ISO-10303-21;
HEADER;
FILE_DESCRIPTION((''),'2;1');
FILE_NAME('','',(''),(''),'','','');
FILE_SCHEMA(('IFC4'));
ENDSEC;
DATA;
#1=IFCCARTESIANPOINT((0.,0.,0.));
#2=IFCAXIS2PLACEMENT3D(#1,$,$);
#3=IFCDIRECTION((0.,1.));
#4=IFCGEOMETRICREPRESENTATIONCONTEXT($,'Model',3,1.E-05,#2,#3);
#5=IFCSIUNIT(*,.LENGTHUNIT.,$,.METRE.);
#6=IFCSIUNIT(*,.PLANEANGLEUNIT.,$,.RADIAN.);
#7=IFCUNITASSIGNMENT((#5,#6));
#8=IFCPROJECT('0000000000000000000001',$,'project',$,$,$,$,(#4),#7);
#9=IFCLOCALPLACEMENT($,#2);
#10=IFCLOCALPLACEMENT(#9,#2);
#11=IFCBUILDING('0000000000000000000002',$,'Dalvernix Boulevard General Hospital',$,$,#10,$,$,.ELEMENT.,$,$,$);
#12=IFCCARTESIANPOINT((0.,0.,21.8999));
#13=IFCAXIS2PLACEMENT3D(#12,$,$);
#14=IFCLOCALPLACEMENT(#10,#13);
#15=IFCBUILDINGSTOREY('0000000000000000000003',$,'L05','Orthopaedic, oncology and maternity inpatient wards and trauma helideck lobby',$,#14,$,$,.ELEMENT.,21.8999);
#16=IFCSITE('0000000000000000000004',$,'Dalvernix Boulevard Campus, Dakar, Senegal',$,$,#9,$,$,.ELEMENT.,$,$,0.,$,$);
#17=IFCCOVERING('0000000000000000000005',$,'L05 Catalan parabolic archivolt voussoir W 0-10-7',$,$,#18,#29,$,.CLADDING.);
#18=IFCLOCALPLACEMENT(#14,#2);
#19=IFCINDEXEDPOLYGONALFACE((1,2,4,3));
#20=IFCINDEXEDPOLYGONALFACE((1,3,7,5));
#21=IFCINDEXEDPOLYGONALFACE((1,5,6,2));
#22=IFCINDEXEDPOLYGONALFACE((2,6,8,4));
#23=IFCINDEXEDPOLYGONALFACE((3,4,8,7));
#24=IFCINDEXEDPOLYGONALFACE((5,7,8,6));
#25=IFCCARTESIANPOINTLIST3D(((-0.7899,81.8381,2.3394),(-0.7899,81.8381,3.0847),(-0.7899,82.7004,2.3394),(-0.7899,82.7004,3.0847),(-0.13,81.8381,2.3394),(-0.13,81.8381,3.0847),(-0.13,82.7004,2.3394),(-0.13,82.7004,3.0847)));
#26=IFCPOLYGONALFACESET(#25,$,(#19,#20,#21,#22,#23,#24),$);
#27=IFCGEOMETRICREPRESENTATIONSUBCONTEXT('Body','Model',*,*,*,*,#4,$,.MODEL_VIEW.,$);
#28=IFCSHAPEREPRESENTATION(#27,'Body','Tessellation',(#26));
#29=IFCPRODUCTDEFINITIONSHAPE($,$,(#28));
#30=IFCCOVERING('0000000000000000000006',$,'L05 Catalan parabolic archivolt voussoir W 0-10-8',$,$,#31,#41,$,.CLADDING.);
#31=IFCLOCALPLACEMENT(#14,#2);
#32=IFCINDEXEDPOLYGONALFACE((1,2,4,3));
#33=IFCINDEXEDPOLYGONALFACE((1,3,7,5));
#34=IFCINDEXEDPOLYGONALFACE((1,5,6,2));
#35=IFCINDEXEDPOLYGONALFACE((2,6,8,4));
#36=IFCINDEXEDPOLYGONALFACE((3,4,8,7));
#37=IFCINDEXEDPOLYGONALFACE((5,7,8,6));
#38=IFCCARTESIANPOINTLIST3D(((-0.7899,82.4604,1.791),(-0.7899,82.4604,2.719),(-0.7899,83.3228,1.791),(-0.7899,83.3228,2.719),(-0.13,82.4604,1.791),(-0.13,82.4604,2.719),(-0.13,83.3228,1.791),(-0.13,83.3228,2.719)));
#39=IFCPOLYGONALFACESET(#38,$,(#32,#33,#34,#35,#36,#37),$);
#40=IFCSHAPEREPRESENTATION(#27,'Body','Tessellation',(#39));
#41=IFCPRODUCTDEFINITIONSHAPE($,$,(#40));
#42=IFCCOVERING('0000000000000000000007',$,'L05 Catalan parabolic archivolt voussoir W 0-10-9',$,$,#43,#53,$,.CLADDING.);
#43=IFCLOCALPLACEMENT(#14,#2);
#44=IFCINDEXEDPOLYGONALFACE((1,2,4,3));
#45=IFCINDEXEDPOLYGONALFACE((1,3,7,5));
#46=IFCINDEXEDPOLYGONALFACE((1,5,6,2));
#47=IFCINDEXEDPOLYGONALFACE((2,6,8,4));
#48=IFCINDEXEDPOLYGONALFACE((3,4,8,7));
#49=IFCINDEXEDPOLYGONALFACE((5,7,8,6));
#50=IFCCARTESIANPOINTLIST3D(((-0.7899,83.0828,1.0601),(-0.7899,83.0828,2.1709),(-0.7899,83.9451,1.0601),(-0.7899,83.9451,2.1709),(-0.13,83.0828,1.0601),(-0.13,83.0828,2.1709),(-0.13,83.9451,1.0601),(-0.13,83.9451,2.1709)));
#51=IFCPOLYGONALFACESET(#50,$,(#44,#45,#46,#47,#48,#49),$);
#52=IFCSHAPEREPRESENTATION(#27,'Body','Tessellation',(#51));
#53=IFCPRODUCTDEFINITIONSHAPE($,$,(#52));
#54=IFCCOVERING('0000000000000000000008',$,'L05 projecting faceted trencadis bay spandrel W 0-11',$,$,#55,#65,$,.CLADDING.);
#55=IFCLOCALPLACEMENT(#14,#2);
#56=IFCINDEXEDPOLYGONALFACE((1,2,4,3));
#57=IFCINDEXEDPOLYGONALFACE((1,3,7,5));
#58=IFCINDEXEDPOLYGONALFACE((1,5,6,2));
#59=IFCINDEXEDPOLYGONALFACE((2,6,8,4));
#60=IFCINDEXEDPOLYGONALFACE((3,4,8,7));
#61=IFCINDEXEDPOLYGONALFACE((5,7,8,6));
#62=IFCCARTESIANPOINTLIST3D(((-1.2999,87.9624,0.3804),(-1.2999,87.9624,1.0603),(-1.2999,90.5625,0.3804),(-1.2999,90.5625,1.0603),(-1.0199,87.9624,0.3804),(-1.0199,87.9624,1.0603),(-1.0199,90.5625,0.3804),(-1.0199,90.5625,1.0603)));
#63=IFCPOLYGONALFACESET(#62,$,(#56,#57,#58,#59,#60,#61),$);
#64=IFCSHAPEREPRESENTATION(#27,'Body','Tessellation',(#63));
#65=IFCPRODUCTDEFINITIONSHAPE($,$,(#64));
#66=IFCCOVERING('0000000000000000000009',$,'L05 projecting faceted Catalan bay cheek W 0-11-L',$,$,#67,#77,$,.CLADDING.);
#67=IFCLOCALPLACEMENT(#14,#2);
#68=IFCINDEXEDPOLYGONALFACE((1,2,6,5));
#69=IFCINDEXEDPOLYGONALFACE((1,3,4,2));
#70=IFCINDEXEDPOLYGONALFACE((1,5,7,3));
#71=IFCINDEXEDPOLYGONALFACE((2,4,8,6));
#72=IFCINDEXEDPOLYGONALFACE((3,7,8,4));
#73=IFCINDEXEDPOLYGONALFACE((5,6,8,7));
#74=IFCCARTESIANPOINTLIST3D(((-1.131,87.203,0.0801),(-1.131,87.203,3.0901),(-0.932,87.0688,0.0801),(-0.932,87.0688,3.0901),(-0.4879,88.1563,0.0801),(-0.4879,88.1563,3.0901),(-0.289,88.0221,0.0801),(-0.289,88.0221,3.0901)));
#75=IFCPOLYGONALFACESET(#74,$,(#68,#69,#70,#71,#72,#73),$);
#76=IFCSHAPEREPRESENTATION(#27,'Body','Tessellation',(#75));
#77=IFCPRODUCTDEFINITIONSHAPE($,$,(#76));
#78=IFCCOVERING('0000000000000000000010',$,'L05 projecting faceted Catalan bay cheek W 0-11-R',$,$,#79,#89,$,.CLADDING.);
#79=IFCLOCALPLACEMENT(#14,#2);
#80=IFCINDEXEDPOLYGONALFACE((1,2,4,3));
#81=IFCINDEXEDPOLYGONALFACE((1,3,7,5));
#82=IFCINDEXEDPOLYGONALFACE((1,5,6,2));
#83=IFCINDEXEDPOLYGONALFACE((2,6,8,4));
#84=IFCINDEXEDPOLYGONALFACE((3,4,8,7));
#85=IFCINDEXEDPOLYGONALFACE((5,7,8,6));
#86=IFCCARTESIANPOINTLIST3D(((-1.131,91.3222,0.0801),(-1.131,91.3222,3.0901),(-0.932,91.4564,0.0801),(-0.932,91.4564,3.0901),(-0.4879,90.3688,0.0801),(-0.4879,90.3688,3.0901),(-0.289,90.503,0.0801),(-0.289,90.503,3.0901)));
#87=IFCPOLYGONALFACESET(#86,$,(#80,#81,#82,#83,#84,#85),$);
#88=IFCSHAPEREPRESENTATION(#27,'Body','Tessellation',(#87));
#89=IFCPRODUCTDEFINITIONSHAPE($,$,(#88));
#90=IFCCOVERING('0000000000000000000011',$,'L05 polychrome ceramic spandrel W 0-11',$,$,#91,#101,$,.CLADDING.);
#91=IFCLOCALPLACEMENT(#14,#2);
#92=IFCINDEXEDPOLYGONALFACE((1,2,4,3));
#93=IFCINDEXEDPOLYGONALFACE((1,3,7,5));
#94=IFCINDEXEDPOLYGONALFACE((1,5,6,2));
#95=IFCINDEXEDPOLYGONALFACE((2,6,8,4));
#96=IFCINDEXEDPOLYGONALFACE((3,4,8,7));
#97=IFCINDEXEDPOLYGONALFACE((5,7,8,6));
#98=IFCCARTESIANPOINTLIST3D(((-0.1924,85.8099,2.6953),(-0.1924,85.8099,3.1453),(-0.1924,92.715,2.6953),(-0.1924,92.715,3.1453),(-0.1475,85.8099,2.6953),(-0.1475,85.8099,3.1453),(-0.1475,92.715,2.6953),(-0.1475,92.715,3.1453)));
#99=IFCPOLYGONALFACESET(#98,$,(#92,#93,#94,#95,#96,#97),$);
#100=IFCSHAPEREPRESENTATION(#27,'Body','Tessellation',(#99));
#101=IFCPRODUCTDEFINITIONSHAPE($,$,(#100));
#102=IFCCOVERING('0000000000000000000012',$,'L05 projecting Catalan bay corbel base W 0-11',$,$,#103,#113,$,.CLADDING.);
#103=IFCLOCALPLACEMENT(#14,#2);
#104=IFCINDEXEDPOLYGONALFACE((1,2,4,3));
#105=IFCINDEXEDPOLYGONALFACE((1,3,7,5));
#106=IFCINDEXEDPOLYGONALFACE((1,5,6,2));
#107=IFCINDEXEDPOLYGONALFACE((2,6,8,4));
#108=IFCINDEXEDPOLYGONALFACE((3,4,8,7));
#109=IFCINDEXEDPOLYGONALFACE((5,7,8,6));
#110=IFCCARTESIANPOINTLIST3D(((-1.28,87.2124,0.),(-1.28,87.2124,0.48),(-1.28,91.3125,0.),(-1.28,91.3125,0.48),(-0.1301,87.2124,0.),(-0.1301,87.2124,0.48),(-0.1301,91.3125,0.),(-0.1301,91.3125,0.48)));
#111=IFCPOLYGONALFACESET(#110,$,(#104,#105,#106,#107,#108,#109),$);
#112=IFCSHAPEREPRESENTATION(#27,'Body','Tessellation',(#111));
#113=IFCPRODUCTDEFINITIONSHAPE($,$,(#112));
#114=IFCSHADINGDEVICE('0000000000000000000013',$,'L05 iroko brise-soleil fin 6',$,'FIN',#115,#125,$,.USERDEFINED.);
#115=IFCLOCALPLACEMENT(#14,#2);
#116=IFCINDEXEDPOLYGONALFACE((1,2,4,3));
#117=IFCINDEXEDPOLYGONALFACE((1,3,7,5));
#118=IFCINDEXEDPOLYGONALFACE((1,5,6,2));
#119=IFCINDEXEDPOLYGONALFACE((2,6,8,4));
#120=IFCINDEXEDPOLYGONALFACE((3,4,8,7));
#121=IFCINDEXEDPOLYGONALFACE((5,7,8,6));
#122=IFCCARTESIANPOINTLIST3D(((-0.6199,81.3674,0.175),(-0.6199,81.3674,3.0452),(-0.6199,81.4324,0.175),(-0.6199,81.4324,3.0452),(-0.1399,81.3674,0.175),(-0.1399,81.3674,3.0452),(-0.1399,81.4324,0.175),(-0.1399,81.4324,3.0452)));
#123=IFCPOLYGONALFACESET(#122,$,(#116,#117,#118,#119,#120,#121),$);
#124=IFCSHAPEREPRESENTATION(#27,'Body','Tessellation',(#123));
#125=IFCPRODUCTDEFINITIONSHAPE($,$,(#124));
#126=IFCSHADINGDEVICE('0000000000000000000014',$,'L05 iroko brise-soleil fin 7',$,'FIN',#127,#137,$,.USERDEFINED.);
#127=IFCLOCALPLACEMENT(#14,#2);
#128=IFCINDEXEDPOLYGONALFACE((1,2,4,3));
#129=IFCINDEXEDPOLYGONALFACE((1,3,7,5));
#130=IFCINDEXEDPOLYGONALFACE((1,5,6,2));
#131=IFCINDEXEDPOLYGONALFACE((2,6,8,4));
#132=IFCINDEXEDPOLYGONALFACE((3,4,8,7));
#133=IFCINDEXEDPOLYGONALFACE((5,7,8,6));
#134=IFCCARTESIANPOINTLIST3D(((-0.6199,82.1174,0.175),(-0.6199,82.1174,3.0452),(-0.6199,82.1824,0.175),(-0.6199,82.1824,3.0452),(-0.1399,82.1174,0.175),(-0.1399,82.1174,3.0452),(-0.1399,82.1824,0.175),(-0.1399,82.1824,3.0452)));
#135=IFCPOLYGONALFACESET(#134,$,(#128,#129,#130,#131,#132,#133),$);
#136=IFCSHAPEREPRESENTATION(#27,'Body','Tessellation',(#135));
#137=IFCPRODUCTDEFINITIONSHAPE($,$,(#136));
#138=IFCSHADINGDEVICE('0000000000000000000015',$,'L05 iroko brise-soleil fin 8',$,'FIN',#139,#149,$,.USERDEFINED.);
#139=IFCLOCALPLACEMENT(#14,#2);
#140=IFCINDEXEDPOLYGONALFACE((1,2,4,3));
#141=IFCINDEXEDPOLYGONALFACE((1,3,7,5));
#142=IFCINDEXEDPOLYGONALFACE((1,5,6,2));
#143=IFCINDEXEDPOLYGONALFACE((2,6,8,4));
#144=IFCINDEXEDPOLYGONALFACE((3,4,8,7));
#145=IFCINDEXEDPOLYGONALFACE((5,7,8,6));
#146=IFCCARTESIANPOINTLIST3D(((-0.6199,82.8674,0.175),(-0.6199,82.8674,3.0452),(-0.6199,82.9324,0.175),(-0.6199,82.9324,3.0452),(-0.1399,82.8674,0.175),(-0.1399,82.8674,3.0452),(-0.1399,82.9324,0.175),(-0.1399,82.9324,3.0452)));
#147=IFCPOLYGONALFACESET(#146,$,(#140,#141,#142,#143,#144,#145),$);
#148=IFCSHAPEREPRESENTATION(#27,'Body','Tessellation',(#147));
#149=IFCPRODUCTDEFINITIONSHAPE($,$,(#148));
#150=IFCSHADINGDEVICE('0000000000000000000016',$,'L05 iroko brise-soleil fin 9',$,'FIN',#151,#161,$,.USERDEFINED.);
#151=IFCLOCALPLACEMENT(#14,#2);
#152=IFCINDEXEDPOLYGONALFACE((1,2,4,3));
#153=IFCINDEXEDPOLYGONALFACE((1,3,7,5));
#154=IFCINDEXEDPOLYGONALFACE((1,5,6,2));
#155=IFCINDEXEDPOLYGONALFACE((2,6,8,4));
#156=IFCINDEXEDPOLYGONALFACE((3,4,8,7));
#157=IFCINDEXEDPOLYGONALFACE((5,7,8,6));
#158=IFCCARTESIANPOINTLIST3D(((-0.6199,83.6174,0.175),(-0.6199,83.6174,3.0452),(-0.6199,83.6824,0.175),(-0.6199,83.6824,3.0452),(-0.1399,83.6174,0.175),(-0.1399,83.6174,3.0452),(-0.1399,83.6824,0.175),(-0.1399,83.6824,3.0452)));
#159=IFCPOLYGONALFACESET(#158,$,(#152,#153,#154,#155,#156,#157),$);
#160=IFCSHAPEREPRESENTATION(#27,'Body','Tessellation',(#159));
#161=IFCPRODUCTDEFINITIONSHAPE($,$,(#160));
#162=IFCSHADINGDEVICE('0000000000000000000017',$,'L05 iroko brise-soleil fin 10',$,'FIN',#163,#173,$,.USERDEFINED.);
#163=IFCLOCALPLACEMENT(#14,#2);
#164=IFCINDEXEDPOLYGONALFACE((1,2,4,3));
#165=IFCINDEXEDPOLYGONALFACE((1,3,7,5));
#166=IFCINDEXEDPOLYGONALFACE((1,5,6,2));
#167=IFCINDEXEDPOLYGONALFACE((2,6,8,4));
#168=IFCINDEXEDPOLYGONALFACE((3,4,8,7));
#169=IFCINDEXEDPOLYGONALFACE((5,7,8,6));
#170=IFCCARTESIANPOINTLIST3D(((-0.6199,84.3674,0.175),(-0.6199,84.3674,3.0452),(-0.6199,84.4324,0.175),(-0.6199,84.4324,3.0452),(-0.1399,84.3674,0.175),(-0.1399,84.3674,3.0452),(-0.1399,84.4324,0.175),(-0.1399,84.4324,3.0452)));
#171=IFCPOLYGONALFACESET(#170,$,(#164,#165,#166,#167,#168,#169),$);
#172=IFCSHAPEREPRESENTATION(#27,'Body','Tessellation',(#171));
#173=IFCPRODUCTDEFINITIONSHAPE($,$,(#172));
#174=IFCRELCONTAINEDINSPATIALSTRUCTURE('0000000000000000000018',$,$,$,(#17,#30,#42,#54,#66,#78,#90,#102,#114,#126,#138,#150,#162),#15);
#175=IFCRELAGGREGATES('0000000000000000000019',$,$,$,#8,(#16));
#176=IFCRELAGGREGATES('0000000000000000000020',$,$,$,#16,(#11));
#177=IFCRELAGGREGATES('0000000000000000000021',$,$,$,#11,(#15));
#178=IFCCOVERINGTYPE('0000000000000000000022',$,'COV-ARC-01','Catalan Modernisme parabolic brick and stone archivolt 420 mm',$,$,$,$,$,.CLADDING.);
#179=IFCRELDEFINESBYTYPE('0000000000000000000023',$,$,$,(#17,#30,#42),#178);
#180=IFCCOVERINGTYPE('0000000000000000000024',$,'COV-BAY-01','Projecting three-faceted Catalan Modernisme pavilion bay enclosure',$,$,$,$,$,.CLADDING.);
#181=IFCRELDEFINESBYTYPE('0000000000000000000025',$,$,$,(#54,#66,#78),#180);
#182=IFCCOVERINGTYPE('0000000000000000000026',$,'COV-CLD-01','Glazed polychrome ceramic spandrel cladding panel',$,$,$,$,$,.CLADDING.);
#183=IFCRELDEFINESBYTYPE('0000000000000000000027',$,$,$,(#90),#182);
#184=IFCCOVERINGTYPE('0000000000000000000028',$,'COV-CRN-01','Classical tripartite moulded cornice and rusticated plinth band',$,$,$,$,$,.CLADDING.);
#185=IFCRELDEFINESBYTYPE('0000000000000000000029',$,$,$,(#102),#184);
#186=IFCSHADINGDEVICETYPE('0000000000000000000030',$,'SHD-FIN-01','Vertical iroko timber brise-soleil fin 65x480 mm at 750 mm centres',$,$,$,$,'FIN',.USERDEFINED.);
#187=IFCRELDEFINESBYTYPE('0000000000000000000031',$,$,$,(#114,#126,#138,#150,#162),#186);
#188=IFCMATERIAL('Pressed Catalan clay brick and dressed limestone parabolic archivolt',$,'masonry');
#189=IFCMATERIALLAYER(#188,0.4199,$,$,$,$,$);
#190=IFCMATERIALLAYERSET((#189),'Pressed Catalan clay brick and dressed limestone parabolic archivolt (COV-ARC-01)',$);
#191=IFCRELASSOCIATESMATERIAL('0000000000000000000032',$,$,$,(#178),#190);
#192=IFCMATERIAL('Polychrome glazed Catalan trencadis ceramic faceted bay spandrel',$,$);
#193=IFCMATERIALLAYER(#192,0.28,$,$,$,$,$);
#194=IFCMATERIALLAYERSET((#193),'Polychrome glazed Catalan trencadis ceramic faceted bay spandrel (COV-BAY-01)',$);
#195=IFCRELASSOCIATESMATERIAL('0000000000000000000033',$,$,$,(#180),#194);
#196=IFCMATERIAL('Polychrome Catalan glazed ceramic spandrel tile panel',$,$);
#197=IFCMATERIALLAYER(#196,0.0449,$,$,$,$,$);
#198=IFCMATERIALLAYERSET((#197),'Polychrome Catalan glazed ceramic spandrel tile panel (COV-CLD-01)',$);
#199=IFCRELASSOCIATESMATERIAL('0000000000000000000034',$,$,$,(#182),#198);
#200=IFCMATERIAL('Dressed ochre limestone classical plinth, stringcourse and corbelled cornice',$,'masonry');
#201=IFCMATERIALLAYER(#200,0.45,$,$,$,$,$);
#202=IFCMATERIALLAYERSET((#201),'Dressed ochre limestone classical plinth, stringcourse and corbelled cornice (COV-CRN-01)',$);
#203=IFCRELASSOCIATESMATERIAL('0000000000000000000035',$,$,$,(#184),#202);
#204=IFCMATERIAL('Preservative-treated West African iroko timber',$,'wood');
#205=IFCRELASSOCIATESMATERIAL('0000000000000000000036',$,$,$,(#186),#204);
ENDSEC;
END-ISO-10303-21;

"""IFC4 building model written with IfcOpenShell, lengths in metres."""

from ifc_helpers import new_model, si_unit, direction, frame, origin, origin_2d, place, context, subcontext, project, spatial, rectangle, extrude, material, layer, layer_set, type_object, element, save


model = new_model("IFC4")

# Units and contexts
model_context = context("Model", 3, precision=1e-05, world=origin(), true_north=direction((0.0, 1.0)))
body_context = subcontext(model_context, "Body", "Model", "MODEL_VIEW")
ifc_project = project(units=[si_unit("LENGTHUNIT", "METRE"), si_unit("PLANEANGLEUNIT", "RADIAN")], contexts=[model_context])

# Site, building, storey
site_placement = place(None, origin())
site = spatial("IfcSite", under=ifc_project, at=site_placement, Name="Dalvernix Boulevard Campus, Dakar, Senegal", CompositionType="ELEMENT", RefElevation=0.0)
building_placement = place(site_placement, origin())
building = spatial("IfcBuilding", under=site, at=building_placement, Name="Dalvernix Boulevard General Hospital", CompositionType="ELEMENT")
storey_placement = place(building_placement, frame((0.0, 0.0, 21.8999)))
storey = spatial("IfcBuildingStorey", under=building, at=storey_placement, Name="L05", Description="Orthopaedic, oncology and maternity inpatient wards and trauma helideck lobby", CompositionType="ELEMENT", Elevation=21.8999)

# Coverings
ifc_material_1 = material(Name="Pressed Catalan clay brick and dressed limestone parabolic archivolt", Category="masonry")
ifc_layer_1 = layer(ifc_material_1, 0.4199)
ifc_layer_set_1 = layer_set([ifc_layer_1], Name="Pressed Catalan clay brick and dressed limestone parabolic archivolt (COV-ARC-01)")
covering_type_1 = type_object("IfcCoveringType", Name="COV-ARC-01", Description="Catalan Modernisme parabolic brick and stone archivolt 420 mm", PredefinedType="CLADDING", material=ifc_layer_set_1)
covering_1_placement = place(storey_placement, frame((-0.46, 82.2693, 2.3394), z_axis=(0.0, 0.0, 1.0), x_axis=(0.0, 1.0, 0.0)))
element("IfcCovering", 1, at=covering_1_placement, inside=storey, type_object=covering_type_1, Name="L05 Catalan parabolic archivolt voussoir W 0-10-7", PredefinedType="CLADDING", context=body_context, shape_type="SweptSolid", body=[
    extrude(rectangle(XDim=0.8623, YDim=0.6599, at=origin_2d()), origin(), (0.0, 0.0, 1.0), 0.7454),
])
covering_2_placement = place(storey_placement, frame((-0.46, 82.8916, 1.791), z_axis=(0.0, 0.0, 1.0), x_axis=(0.0, 1.0, 0.0)))
element("IfcCovering", 2, at=covering_2_placement, inside=storey, type_object=covering_type_1, Name="L05 Catalan parabolic archivolt voussoir W 0-10-8", PredefinedType="CLADDING", context=body_context, shape_type="SweptSolid", body=[
    extrude(rectangle(XDim=0.8623, YDim=0.6599, at=origin_2d()), origin(), (0.0, 0.0, 1.0), 0.928),
])
covering_3_placement = place(storey_placement, frame((-0.46, 83.5139, 1.0601), z_axis=(0.0, 0.0, 1.0), x_axis=(0.0, 1.0, 0.0)))
element("IfcCovering", 3, at=covering_3_placement, inside=storey, type_object=covering_type_1, Name="L05 Catalan parabolic archivolt voussoir W 0-10-9", PredefinedType="CLADDING", context=body_context, shape_type="SweptSolid", body=[
    extrude(rectangle(XDim=0.8623, YDim=0.6599, at=origin_2d()), origin(), (0.0, 0.0, 1.0), 1.1108),
])
ifc_material_2 = material(Name="Polychrome glazed Catalan trencadis ceramic faceted bay spandrel")
ifc_layer_2 = layer(ifc_material_2, 0.28)
ifc_layer_set_2 = layer_set([ifc_layer_2], Name="Polychrome glazed Catalan trencadis ceramic faceted bay spandrel (COV-BAY-01)")
covering_type_2 = type_object("IfcCoveringType", Name="COV-BAY-01", Description="Projecting three-faceted Catalan Modernisme pavilion bay enclosure", PredefinedType="CLADDING", material=ifc_layer_set_2)
covering_4_placement = place(storey_placement, frame((-1.1599, 89.2625, 0.3804), z_axis=(0.0, 0.0, 1.0), x_axis=(0.0, 1.0, 0.0)))
element("IfcCovering", 4, at=covering_4_placement, inside=storey, type_object=covering_type_2, Name="L05 projecting faceted trencadis bay spandrel W 0-11", PredefinedType="CLADDING", context=body_context, shape_type="SweptSolid", body=[
    extrude(rectangle(XDim=2.6001, YDim=0.28, at=origin_2d()), origin(), (0.0, 0.0, 1.0), 0.6799),
])
for number, where, z_axis, x_axis, name in (
    (5, (-0.71, 87.6125, 0.0801), (0.0, 0.0, 1.0), (0.559193, 0.829038, 0.0), "L05 projecting faceted Catalan bay cheek W 0-11-L"),
    (6, (-0.71, 90.9126, 0.0801), (0.0, 0.0, 1.0), (-0.559193, 0.829038, 0.0), "L05 projecting faceted Catalan bay cheek W 0-11-R"),
):
    element("IfcCovering", number, at=place(storey_placement, frame(where, z_axis=z_axis, x_axis=x_axis)), inside=storey, type_object=covering_type_2, Name=name, PredefinedType="CLADDING", context=body_context, shape_type="SweptSolid", body=[
        extrude(rectangle(XDim=1.1499, YDim=0.24, at=origin_2d()), origin(), (0.0, 0.0, 1.0), 3.01),
    ])
ifc_material_3 = material(Name="Polychrome Catalan glazed ceramic spandrel tile panel")
ifc_layer_3 = layer(ifc_material_3, 0.0449)
ifc_layer_set_3 = layer_set([ifc_layer_3], Name="Polychrome Catalan glazed ceramic spandrel tile panel (COV-CLD-01)")
covering_type_3 = type_object("IfcCoveringType", Name="COV-CLD-01", Description="Glazed polychrome ceramic spandrel cladding panel", PredefinedType="CLADDING", material=ifc_layer_set_3)
covering_5_placement = place(storey_placement, frame((-0.1699, 89.2625, 2.6953), z_axis=(0.0, 0.0, 1.0), x_axis=(0.0, 1.0, 0.0)))
element("IfcCovering", 7, at=covering_5_placement, inside=storey, type_object=covering_type_3, Name="L05 polychrome ceramic spandrel W 0-11", PredefinedType="CLADDING", context=body_context, shape_type="SweptSolid", body=[
    extrude(rectangle(XDim=6.905, YDim=0.0449, at=origin_2d()), origin(), (0.0, 0.0, 1.0), 0.45),
])
ifc_material_4 = material(Name="Dressed ochre limestone classical plinth, stringcourse and corbelled cornice", Category="masonry")
ifc_layer_4 = layer(ifc_material_4, 0.45)
ifc_layer_set_4 = layer_set([ifc_layer_4], Name="Dressed ochre limestone classical plinth, stringcourse and corbelled cornice (COV-CRN-01)")
covering_type_4 = type_object("IfcCoveringType", Name="COV-CRN-01", Description="Classical tripartite moulded cornice and rusticated plinth band", PredefinedType="CLADDING", material=ifc_layer_set_4)
covering_6_placement = place(storey_placement, frame((-0.7051, 89.2625, 0.0), z_axis=(0.0, 0.0, 1.0), x_axis=(0.0, 1.0, 0.0)))
element("IfcCovering", 8, at=covering_6_placement, inside=storey, type_object=covering_type_4, Name="L05 projecting Catalan bay corbel base W 0-11", PredefinedType="CLADDING", context=body_context, shape_type="SweptSolid", body=[
    extrude(rectangle(XDim=4.1001, YDim=1.1499, at=origin_2d()), origin(), (0.0, 0.0, 1.0), 0.48),
])

# Shading devices
ifc_material_5 = material(Name="Preservative-treated West African iroko timber", Category="wood")
shading_device_type = type_object("IfcShadingDeviceType", Name="SHD-FIN-01", Description="Vertical iroko timber brise-soleil fin 65x480 mm at 750 mm centres", ElementType="FIN", PredefinedType="USERDEFINED", material=ifc_material_5)
for number, where, z_axis, x_axis, name in (
    (9, (-0.3799, 81.3999, 0.175), (0.0, 0.0, 1.0), (0.0, 1.0, 0.0), "L05 iroko brise-soleil fin 6"),
    (10, (-0.3799, 82.1499, 0.175), (0.0, 0.0, 1.0), (0.0, 1.0, 0.0), "L05 iroko brise-soleil fin 7"),
    (11, (-0.3799, 82.8999, 0.175), (0.0, 0.0, 1.0), (0.0, 1.0, 0.0), "L05 iroko brise-soleil fin 8"),
    (12, (-0.3799, 83.6499, 0.175), (0.0, 0.0, 1.0), (0.0, 1.0, 0.0), "L05 iroko brise-soleil fin 9"),
    (13, (-0.3799, 84.3999, 0.175), (0.0, 0.0, 1.0), (0.0, 1.0, 0.0), "L05 iroko brise-soleil fin 10"),
):
    element("IfcShadingDevice", number, at=place(storey_placement, frame(where, z_axis=z_axis, x_axis=x_axis)), inside=storey, type_object=shading_device_type, Name=name, ObjectType="FIN", PredefinedType="USERDEFINED", context=body_context, shape_type="SweptSolid", body=[
        extrude(rectangle(XDim=0.0649, YDim=0.48, at=origin_2d()), origin(), (0.0, 0.0, 1.0), 2.8701),
    ])

save(model, "model.ifc")
